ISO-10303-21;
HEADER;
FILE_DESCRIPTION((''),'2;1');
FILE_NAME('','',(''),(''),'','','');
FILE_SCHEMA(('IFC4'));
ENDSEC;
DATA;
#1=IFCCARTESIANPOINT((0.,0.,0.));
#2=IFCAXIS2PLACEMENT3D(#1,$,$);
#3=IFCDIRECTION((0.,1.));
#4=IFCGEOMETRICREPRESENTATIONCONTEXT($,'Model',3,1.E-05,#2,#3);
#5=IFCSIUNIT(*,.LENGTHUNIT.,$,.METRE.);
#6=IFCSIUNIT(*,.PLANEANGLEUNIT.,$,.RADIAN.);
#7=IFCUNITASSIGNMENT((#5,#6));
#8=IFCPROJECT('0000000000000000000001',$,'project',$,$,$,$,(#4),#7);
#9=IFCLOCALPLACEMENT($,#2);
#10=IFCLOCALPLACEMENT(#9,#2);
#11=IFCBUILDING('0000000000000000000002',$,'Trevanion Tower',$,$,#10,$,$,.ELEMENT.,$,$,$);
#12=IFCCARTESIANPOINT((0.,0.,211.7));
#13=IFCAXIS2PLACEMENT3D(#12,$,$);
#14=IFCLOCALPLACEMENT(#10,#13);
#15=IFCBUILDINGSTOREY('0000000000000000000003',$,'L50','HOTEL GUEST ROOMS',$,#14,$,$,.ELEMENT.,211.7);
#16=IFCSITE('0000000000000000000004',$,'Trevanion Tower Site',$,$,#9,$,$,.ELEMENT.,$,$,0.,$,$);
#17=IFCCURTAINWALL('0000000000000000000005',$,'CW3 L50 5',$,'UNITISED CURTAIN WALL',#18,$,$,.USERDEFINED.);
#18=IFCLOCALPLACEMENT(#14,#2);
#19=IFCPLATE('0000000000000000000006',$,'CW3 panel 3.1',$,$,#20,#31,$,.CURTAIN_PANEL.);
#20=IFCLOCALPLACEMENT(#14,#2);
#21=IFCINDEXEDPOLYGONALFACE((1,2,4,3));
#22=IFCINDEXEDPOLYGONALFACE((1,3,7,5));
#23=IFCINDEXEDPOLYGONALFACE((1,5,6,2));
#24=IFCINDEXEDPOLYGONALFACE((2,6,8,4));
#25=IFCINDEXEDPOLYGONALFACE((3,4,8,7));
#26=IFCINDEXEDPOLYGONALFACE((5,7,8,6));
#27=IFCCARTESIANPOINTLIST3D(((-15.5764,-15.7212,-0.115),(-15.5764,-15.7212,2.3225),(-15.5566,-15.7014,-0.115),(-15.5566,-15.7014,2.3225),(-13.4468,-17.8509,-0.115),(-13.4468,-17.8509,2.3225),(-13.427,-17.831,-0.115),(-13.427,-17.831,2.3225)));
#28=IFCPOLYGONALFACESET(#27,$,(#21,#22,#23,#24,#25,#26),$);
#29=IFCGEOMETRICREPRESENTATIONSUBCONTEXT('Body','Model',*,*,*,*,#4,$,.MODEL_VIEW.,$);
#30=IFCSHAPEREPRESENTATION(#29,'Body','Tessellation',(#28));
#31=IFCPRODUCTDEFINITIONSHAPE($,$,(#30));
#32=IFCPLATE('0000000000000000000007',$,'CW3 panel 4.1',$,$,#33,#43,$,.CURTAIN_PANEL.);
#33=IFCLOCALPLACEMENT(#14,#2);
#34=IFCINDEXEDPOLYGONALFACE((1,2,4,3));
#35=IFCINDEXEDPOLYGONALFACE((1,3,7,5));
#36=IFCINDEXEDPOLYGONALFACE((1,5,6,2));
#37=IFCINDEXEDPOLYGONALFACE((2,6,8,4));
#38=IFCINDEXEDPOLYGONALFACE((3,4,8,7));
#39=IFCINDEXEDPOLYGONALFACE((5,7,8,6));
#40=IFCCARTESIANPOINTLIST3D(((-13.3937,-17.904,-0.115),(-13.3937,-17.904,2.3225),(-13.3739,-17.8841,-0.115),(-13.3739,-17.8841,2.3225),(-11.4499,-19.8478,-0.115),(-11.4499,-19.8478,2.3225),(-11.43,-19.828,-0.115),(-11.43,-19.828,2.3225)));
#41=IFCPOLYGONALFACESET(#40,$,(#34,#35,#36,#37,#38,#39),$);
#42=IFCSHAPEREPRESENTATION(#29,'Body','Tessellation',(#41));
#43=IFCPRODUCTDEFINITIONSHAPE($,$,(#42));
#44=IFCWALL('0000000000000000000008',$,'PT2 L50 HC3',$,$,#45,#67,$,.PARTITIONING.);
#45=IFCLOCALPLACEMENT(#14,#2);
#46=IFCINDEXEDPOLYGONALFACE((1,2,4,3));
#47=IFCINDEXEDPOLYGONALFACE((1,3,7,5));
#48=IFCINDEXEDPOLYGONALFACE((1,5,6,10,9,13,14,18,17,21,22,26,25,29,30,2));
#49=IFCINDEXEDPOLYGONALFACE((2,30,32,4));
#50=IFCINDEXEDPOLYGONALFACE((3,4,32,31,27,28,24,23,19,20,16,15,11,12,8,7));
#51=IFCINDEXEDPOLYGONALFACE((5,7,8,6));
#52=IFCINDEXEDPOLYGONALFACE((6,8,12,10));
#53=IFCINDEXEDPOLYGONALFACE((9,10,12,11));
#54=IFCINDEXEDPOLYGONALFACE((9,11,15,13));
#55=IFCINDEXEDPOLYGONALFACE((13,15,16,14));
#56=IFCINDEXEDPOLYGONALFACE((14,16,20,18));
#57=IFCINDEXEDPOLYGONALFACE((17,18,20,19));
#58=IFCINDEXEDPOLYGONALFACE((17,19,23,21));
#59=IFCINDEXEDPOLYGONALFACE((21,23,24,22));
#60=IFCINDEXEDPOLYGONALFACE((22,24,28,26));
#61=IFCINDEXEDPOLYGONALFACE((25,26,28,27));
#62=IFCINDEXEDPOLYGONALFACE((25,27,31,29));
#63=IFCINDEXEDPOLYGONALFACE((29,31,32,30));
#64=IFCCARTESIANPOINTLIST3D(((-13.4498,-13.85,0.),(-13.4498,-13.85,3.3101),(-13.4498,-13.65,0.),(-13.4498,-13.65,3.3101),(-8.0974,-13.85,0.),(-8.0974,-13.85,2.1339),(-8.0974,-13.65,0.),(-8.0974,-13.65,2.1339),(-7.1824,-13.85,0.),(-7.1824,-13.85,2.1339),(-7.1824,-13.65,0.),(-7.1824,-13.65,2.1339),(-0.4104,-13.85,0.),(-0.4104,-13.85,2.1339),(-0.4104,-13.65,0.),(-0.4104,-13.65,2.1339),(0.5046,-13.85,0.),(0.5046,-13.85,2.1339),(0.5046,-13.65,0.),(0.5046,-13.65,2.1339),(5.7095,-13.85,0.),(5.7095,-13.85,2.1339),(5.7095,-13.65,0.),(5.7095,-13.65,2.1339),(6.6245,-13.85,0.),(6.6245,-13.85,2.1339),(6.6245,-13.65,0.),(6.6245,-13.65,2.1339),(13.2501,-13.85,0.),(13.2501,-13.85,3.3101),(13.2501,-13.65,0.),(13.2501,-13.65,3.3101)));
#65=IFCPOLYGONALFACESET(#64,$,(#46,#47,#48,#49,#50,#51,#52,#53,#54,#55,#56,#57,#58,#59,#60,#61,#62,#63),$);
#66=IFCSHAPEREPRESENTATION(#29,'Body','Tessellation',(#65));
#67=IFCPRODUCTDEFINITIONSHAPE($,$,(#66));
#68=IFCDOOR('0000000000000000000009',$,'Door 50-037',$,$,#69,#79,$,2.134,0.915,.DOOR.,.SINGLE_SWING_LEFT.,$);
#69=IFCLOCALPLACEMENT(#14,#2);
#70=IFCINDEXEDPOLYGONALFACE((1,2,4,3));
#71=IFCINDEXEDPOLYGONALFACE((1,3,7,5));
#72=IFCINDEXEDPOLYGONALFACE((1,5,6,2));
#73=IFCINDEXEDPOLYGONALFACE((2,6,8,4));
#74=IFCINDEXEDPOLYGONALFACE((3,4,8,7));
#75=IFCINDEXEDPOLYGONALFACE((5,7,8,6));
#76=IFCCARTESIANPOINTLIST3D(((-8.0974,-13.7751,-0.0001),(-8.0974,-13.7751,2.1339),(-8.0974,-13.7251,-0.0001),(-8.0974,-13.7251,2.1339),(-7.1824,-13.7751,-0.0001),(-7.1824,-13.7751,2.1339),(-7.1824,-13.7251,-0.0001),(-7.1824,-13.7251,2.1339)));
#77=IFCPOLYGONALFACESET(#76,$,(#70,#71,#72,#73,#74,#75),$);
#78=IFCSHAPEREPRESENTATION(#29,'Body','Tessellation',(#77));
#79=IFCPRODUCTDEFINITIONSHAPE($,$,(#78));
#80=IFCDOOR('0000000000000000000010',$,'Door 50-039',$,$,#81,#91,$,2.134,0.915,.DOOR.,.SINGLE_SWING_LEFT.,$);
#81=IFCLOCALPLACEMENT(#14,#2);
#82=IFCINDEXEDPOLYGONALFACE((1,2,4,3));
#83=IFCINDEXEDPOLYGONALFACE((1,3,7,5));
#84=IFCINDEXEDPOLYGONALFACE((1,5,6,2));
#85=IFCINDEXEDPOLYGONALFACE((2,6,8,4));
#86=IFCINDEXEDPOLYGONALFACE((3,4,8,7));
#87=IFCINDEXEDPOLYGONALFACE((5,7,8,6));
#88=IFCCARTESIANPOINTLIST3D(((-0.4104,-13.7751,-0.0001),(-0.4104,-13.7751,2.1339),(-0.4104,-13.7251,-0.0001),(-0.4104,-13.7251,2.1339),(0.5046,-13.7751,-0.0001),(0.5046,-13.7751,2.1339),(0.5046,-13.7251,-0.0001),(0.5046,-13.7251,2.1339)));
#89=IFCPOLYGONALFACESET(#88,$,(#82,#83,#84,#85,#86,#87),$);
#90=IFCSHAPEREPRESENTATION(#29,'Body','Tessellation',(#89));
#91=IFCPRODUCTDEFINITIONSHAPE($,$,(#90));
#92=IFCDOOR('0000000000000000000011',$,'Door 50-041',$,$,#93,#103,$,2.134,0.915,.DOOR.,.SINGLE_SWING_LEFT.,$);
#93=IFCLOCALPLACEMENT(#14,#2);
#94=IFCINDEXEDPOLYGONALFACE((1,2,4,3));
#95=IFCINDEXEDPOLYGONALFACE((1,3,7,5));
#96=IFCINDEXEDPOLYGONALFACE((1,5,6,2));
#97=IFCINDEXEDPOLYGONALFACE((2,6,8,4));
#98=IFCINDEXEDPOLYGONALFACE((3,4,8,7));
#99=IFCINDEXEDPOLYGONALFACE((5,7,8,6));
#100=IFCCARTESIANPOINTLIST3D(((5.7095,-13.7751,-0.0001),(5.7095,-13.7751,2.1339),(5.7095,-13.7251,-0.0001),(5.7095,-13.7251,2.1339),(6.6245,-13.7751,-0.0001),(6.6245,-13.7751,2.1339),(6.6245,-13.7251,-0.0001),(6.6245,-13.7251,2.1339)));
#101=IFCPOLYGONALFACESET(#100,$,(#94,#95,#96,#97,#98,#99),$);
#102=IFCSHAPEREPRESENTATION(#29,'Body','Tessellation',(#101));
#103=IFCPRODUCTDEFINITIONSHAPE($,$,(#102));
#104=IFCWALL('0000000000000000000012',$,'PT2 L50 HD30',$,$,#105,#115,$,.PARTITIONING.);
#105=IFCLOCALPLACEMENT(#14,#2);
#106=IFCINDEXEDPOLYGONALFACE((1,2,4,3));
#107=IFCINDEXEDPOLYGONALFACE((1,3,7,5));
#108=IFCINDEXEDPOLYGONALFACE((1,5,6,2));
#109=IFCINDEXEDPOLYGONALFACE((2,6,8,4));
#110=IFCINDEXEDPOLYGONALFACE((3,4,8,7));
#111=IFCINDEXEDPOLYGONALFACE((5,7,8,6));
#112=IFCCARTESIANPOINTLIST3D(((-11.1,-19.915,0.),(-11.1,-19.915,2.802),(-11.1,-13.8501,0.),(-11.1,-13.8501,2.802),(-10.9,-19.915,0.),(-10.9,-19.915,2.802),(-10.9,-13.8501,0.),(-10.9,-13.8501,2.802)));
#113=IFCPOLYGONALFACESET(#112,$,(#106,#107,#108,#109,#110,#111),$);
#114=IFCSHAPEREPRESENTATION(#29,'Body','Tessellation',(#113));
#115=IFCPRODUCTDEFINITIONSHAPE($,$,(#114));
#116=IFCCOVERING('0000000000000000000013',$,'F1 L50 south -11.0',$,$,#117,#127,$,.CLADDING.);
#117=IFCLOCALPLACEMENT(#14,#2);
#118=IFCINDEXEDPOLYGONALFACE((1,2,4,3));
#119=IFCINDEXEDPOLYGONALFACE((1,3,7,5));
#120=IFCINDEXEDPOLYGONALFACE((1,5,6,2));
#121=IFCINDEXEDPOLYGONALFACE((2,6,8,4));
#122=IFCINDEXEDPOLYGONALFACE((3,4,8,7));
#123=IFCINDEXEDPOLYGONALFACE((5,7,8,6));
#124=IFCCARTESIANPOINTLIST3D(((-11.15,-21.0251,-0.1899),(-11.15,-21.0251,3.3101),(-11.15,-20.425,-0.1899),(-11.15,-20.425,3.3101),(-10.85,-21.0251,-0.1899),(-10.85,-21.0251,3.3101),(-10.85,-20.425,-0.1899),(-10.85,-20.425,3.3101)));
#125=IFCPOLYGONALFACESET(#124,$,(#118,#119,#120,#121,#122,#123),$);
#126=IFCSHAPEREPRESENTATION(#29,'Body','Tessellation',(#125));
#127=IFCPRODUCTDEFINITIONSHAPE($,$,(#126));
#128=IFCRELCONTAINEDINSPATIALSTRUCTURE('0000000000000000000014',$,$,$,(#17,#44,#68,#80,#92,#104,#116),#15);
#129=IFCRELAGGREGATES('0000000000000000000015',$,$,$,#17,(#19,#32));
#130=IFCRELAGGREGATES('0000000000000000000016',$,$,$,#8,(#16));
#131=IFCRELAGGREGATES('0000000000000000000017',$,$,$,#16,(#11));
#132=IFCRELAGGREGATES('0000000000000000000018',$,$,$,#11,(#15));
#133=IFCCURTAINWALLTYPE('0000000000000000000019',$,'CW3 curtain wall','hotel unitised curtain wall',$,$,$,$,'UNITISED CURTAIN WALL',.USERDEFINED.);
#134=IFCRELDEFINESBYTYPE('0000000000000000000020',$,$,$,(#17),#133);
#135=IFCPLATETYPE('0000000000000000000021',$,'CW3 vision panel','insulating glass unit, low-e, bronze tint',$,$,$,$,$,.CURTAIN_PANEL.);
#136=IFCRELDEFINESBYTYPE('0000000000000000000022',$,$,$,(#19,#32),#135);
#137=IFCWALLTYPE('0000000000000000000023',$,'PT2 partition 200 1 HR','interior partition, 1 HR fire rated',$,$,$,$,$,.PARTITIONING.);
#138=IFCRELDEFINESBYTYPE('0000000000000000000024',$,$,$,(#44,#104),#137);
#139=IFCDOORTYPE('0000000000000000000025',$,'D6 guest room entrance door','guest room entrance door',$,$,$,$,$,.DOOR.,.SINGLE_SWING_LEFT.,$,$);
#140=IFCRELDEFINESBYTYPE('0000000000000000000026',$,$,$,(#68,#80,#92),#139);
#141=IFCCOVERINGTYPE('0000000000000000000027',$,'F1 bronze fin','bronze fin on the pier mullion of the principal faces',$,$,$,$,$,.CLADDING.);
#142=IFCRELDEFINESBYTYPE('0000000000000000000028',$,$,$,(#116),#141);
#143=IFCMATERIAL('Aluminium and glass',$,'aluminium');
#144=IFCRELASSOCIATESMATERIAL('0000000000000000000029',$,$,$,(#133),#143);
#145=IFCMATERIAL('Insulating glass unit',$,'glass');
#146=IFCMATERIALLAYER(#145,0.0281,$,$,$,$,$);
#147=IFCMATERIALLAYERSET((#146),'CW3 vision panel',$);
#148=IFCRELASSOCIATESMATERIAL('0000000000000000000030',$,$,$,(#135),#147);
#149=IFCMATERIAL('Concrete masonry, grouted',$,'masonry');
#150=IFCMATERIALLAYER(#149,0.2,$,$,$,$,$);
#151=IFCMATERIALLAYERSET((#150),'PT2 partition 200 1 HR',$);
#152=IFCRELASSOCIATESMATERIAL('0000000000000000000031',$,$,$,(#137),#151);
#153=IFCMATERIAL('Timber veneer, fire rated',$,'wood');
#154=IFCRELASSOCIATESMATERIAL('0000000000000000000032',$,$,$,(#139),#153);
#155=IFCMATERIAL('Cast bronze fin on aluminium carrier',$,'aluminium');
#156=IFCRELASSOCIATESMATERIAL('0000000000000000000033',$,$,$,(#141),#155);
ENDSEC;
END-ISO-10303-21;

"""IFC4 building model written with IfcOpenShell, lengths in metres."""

from ifc_helpers import new_model, si_unit, direction, frame, frame_2d, origin, origin_2d, place, context, subcontext, project, spatial, rectangle, extrude, material, layer, layer_set, type_object, element, fill, aggregate, save


model = new_model("IFC4")

# Units and contexts
model_context = context("Model", 3, precision=1e-05, world=origin(), true_north=direction((0.0, 1.0)))
body_context = subcontext(model_context, "Body", "Model", "MODEL_VIEW")
ifc_project = project(units=[si_unit("LENGTHUNIT", "METRE"), si_unit("PLANEANGLEUNIT", "RADIAN")], contexts=[model_context])

# Site, building, storey
site_placement = place(None, origin())
site = spatial("IfcSite", under=ifc_project, at=site_placement, Name="Trevanion Tower Site", CompositionType="ELEMENT", RefElevation=0.0)
building_placement = place(site_placement, origin())
building = spatial("IfcBuilding", under=site, at=building_placement, Name="Trevanion Tower", CompositionType="ELEMENT")
storey_placement = place(building_placement, frame((0.0, 0.0, 211.7)))
storey = spatial("IfcBuildingStorey", under=building, at=storey_placement, Name="L50", Description="HOTEL GUEST ROOMS", CompositionType="ELEMENT", Elevation=211.7)

# Curtain wall
ifc_material_1 = material(Name="Aluminium and glass", Category="aluminium")
curtain_wall_type = type_object("IfcCurtainWallType", Name="CW3 curtain wall", Description="hotel unitised curtain wall", ElementType="UNITISED CURTAIN WALL", PredefinedType="USERDEFINED", material=ifc_material_1)
curtain_wall_1_placement = place(storey_placement, origin())
curtain_wall_1 = element("IfcCurtainWall", 1, at=curtain_wall_1_placement, inside=storey, type_object=curtain_wall_type, Name="CW3 L50 5", ObjectType="UNITISED CURTAIN WALL", PredefinedType="USERDEFINED")

# Plates
ifc_material_2 = material(Name="Insulating glass unit", Category="glass")
ifc_layer_1 = layer(ifc_material_2, 0.0281)
ifc_layer_set_1 = layer_set([ifc_layer_1], Name="CW3 vision panel")
plate_type_1 = type_object("IfcPlateType", Name="CW3 vision panel", Description="insulating glass unit, low-e, bronze tint", PredefinedType="CURTAIN_PANEL", material=ifc_layer_set_1)
plate_1_placement = place(storey_placement, frame((-14.5017, -16.7761, -0.115), z_axis=(0.0, 0.0, 1.0), x_axis=(0.707107, -0.707107, 0.0)))
plate_1 = element("IfcPlate", 2, at=plate_1_placement, type_object=plate_type_1, Name="CW3 panel 3.1", PredefinedType="CURTAIN_PANEL", context=body_context, shape_type="SweptSolid", body=[
    extrude(rectangle(XDim=3.0117, YDim=0.0281, at=origin_2d()), origin(), (0.0, 0.0, 1.0), 2.4375),
])
plate_2_placement = place(storey_placement, frame((-12.4119, -18.866, -0.115), z_axis=(0.0, 0.0, 1.0), x_axis=(0.707107, -0.707107, 0.0)))
plate_2 = element("IfcPlate", 3, at=plate_2_placement, type_object=plate_type_1, Name="CW3 panel 4.1", PredefinedType="CURTAIN_PANEL", context=body_context, shape_type="SweptSolid", body=[
    extrude(rectangle(XDim=2.749, YDim=0.0281, at=origin_2d()), origin(), (0.0, 0.0, 1.0), 2.4375),
])
aggregate(curtain_wall_1, [plate_1, plate_2])

# Wall, openings, doors
ifc_material_3 = material(Name="Concrete masonry, grouted", Category="masonry")
ifc_layer_2 = layer(ifc_material_3, 0.2)
ifc_layer_set_2 = layer_set([ifc_layer_2], Name="PT2 partition 200 1 HR")
wall_type = type_object("IfcWallType", Name="PT2 partition 200 1 HR", Description="interior partition, 1 HR fire rated", PredefinedType="PARTITIONING", material=ifc_layer_set_2)
wall_1_placement = place(storey_placement, frame((-13.45, -13.75, 0.0), z_axis=(0.0, 0.0, 1.0), x_axis=(1.0, 0.0, 0.0)))
wall_1 = element("IfcWall", 4, at=wall_1_placement, inside=storey, type_object=wall_type, Name="PT2 L50 HC3", PredefinedType="PARTITIONING", context=body_context, shape_type="SweptSolid", body=[
    extrude(rectangle(XDim=26.7, YDim=0.2, at=frame_2d((13.3501, 0.0))), origin(), (0.0, 0.0, 1.0), 3.3101),
])
opening_1_placement = place(wall_1_placement, frame((5.3525, 0.0, 0.0)))
opening_1 = element("IfcOpeningElement", 5, at=opening_1_placement, cuts=wall_1, PredefinedType="OPENING", context=body_context, shape_type="SweptSolid", body=[
    extrude(rectangle(XDim=0.915, YDim=2.134, at=frame_2d((0.4575, 1.0669))), frame((0.0, 0.1099, 0.0), z_axis=(0.0, -1.0, 0.0), x_axis=(1.0, 0.0, 0.0)), (0.0, 0.0, 1.0), 0.22),
])
opening_2_placement = place(wall_1_placement, frame((13.0396, 0.0, 0.0)))
opening_2 = element("IfcOpeningElement", 6, at=opening_2_placement, cuts=wall_1, PredefinedType="OPENING", context=body_context, shape_type="SweptSolid", body=[
    extrude(rectangle(XDim=0.915, YDim=2.134, at=frame_2d((0.4575, 1.0669))), frame((0.0, 0.1099, 0.0), z_axis=(0.0, -1.0, 0.0), x_axis=(1.0, 0.0, 0.0)), (0.0, 0.0, 1.0), 0.22),
])
opening_3_placement = place(wall_1_placement, frame((19.1594, 0.0, 0.0)))
opening_3 = element("IfcOpeningElement", 7, at=opening_3_placement, cuts=wall_1, PredefinedType="OPENING", context=body_context, shape_type="SweptSolid", body=[
    extrude(rectangle(XDim=0.915, YDim=2.134, at=frame_2d((0.4575, 1.0669))), frame((0.0, 0.1099, 0.0), z_axis=(0.0, -1.0, 0.0), x_axis=(1.0, 0.0, 0.0)), (0.0, 0.0, 1.0), 0.22),
])
ifc_material_4 = material(Name="Timber veneer, fire rated", Category="wood")
door_type = type_object("IfcDoorType", Name="D6 guest room entrance door", Description="guest room entrance door", OperationType="SINGLE_SWING_LEFT", PredefinedType="DOOR", material=ifc_material_4)
door_1_placement = place(opening_1_placement, origin())
door_1 = element("IfcDoor", 8, at=door_1_placement, inside=storey, type_object=door_type, Name="Door 50-037", OperationType="SINGLE_SWING_LEFT", OverallHeight=2.134, OverallWidth=0.915, PredefinedType="DOOR", context=body_context, shape_type="SweptSolid", body=[
    extrude(rectangle(XDim=0.915, YDim=2.134, at=frame_2d((0.4575, 1.0669))), frame((0.0, 0.0249, 0.0), z_axis=(0.0, -1.0, 0.0), x_axis=(1.0, 0.0, 0.0)), (0.0, 0.0, 1.0), 0.05),
])
fill(opening_1, door_1)
door_2_placement = place(opening_2_placement, origin())
door_2 = element("IfcDoor", 9, at=door_2_placement, inside=storey, type_object=door_type, Name="Door 50-039", OperationType="SINGLE_SWING_LEFT", OverallHeight=2.134, OverallWidth=0.915, PredefinedType="DOOR", context=body_context, shape_type="SweptSolid", body=[
    extrude(rectangle(XDim=0.915, YDim=2.134, at=frame_2d((0.4575, 1.0669))), frame((0.0, 0.0249, 0.0), z_axis=(0.0, -1.0, 0.0), x_axis=(1.0, 0.0, 0.0)), (0.0, 0.0, 1.0), 0.05),
])
fill(opening_2, door_2)
door_3_placement = place(opening_3_placement, origin())
door_3 = element("IfcDoor", 10, at=door_3_placement, inside=storey, type_object=door_type, Name="Door 50-041", OperationType="SINGLE_SWING_LEFT", OverallHeight=2.134, OverallWidth=0.915, PredefinedType="DOOR", context=body_context, shape_type="SweptSolid", body=[
    extrude(rectangle(XDim=0.915, YDim=2.134, at=frame_2d((0.4575, 1.0669))), frame((0.0, 0.0249, 0.0), z_axis=(0.0, -1.0, 0.0), x_axis=(1.0, 0.0, 0.0)), (0.0, 0.0, 1.0), 0.05),
])
fill(opening_3, door_3)

# Wall
wall_2_placement = place(storey_placement, frame((-11.0, -13.8501, 0.0), z_axis=(0.0, 0.0, 1.0), x_axis=(0.0, -1.0, 0.0)))
element("IfcWall", 11, at=wall_2_placement, inside=storey, type_object=wall_type, Name="PT2 L50 HD30", PredefinedType="PARTITIONING", context=body_context, shape_type="SweptSolid", body=[
    extrude(rectangle(XDim=6.0649, YDim=0.2, at=frame_2d((3.0325, 0.0))), origin(), (0.0, 0.0, 1.0), 2.802),
])

# Covering
ifc_material_5 = material(Name="Cast bronze fin on aluminium carrier", Category="aluminium")
covering_type = type_object("IfcCoveringType", Name="F1 bronze fin", Description="bronze fin on the pier mullion of the principal faces", PredefinedType="CLADDING", material=ifc_material_5)
covering_placement = place(storey_placement, frame((-11.0, -20.7251, -0.1899), z_axis=(0.0, 0.0, 1.0), x_axis=(1.0, 0.0, 0.0)))
element("IfcCovering", 12, at=covering_placement, inside=storey, type_object=covering_type, Name="F1 L50 south -11.0", PredefinedType="CLADDING", context=body_context, shape_type="SweptSolid", body=[
    extrude(rectangle(XDim=0.3, YDim=0.6001, at=origin_2d()), origin(), (0.0, 0.0, 1.0), 3.5),
])

save(model, "model.ifc")
